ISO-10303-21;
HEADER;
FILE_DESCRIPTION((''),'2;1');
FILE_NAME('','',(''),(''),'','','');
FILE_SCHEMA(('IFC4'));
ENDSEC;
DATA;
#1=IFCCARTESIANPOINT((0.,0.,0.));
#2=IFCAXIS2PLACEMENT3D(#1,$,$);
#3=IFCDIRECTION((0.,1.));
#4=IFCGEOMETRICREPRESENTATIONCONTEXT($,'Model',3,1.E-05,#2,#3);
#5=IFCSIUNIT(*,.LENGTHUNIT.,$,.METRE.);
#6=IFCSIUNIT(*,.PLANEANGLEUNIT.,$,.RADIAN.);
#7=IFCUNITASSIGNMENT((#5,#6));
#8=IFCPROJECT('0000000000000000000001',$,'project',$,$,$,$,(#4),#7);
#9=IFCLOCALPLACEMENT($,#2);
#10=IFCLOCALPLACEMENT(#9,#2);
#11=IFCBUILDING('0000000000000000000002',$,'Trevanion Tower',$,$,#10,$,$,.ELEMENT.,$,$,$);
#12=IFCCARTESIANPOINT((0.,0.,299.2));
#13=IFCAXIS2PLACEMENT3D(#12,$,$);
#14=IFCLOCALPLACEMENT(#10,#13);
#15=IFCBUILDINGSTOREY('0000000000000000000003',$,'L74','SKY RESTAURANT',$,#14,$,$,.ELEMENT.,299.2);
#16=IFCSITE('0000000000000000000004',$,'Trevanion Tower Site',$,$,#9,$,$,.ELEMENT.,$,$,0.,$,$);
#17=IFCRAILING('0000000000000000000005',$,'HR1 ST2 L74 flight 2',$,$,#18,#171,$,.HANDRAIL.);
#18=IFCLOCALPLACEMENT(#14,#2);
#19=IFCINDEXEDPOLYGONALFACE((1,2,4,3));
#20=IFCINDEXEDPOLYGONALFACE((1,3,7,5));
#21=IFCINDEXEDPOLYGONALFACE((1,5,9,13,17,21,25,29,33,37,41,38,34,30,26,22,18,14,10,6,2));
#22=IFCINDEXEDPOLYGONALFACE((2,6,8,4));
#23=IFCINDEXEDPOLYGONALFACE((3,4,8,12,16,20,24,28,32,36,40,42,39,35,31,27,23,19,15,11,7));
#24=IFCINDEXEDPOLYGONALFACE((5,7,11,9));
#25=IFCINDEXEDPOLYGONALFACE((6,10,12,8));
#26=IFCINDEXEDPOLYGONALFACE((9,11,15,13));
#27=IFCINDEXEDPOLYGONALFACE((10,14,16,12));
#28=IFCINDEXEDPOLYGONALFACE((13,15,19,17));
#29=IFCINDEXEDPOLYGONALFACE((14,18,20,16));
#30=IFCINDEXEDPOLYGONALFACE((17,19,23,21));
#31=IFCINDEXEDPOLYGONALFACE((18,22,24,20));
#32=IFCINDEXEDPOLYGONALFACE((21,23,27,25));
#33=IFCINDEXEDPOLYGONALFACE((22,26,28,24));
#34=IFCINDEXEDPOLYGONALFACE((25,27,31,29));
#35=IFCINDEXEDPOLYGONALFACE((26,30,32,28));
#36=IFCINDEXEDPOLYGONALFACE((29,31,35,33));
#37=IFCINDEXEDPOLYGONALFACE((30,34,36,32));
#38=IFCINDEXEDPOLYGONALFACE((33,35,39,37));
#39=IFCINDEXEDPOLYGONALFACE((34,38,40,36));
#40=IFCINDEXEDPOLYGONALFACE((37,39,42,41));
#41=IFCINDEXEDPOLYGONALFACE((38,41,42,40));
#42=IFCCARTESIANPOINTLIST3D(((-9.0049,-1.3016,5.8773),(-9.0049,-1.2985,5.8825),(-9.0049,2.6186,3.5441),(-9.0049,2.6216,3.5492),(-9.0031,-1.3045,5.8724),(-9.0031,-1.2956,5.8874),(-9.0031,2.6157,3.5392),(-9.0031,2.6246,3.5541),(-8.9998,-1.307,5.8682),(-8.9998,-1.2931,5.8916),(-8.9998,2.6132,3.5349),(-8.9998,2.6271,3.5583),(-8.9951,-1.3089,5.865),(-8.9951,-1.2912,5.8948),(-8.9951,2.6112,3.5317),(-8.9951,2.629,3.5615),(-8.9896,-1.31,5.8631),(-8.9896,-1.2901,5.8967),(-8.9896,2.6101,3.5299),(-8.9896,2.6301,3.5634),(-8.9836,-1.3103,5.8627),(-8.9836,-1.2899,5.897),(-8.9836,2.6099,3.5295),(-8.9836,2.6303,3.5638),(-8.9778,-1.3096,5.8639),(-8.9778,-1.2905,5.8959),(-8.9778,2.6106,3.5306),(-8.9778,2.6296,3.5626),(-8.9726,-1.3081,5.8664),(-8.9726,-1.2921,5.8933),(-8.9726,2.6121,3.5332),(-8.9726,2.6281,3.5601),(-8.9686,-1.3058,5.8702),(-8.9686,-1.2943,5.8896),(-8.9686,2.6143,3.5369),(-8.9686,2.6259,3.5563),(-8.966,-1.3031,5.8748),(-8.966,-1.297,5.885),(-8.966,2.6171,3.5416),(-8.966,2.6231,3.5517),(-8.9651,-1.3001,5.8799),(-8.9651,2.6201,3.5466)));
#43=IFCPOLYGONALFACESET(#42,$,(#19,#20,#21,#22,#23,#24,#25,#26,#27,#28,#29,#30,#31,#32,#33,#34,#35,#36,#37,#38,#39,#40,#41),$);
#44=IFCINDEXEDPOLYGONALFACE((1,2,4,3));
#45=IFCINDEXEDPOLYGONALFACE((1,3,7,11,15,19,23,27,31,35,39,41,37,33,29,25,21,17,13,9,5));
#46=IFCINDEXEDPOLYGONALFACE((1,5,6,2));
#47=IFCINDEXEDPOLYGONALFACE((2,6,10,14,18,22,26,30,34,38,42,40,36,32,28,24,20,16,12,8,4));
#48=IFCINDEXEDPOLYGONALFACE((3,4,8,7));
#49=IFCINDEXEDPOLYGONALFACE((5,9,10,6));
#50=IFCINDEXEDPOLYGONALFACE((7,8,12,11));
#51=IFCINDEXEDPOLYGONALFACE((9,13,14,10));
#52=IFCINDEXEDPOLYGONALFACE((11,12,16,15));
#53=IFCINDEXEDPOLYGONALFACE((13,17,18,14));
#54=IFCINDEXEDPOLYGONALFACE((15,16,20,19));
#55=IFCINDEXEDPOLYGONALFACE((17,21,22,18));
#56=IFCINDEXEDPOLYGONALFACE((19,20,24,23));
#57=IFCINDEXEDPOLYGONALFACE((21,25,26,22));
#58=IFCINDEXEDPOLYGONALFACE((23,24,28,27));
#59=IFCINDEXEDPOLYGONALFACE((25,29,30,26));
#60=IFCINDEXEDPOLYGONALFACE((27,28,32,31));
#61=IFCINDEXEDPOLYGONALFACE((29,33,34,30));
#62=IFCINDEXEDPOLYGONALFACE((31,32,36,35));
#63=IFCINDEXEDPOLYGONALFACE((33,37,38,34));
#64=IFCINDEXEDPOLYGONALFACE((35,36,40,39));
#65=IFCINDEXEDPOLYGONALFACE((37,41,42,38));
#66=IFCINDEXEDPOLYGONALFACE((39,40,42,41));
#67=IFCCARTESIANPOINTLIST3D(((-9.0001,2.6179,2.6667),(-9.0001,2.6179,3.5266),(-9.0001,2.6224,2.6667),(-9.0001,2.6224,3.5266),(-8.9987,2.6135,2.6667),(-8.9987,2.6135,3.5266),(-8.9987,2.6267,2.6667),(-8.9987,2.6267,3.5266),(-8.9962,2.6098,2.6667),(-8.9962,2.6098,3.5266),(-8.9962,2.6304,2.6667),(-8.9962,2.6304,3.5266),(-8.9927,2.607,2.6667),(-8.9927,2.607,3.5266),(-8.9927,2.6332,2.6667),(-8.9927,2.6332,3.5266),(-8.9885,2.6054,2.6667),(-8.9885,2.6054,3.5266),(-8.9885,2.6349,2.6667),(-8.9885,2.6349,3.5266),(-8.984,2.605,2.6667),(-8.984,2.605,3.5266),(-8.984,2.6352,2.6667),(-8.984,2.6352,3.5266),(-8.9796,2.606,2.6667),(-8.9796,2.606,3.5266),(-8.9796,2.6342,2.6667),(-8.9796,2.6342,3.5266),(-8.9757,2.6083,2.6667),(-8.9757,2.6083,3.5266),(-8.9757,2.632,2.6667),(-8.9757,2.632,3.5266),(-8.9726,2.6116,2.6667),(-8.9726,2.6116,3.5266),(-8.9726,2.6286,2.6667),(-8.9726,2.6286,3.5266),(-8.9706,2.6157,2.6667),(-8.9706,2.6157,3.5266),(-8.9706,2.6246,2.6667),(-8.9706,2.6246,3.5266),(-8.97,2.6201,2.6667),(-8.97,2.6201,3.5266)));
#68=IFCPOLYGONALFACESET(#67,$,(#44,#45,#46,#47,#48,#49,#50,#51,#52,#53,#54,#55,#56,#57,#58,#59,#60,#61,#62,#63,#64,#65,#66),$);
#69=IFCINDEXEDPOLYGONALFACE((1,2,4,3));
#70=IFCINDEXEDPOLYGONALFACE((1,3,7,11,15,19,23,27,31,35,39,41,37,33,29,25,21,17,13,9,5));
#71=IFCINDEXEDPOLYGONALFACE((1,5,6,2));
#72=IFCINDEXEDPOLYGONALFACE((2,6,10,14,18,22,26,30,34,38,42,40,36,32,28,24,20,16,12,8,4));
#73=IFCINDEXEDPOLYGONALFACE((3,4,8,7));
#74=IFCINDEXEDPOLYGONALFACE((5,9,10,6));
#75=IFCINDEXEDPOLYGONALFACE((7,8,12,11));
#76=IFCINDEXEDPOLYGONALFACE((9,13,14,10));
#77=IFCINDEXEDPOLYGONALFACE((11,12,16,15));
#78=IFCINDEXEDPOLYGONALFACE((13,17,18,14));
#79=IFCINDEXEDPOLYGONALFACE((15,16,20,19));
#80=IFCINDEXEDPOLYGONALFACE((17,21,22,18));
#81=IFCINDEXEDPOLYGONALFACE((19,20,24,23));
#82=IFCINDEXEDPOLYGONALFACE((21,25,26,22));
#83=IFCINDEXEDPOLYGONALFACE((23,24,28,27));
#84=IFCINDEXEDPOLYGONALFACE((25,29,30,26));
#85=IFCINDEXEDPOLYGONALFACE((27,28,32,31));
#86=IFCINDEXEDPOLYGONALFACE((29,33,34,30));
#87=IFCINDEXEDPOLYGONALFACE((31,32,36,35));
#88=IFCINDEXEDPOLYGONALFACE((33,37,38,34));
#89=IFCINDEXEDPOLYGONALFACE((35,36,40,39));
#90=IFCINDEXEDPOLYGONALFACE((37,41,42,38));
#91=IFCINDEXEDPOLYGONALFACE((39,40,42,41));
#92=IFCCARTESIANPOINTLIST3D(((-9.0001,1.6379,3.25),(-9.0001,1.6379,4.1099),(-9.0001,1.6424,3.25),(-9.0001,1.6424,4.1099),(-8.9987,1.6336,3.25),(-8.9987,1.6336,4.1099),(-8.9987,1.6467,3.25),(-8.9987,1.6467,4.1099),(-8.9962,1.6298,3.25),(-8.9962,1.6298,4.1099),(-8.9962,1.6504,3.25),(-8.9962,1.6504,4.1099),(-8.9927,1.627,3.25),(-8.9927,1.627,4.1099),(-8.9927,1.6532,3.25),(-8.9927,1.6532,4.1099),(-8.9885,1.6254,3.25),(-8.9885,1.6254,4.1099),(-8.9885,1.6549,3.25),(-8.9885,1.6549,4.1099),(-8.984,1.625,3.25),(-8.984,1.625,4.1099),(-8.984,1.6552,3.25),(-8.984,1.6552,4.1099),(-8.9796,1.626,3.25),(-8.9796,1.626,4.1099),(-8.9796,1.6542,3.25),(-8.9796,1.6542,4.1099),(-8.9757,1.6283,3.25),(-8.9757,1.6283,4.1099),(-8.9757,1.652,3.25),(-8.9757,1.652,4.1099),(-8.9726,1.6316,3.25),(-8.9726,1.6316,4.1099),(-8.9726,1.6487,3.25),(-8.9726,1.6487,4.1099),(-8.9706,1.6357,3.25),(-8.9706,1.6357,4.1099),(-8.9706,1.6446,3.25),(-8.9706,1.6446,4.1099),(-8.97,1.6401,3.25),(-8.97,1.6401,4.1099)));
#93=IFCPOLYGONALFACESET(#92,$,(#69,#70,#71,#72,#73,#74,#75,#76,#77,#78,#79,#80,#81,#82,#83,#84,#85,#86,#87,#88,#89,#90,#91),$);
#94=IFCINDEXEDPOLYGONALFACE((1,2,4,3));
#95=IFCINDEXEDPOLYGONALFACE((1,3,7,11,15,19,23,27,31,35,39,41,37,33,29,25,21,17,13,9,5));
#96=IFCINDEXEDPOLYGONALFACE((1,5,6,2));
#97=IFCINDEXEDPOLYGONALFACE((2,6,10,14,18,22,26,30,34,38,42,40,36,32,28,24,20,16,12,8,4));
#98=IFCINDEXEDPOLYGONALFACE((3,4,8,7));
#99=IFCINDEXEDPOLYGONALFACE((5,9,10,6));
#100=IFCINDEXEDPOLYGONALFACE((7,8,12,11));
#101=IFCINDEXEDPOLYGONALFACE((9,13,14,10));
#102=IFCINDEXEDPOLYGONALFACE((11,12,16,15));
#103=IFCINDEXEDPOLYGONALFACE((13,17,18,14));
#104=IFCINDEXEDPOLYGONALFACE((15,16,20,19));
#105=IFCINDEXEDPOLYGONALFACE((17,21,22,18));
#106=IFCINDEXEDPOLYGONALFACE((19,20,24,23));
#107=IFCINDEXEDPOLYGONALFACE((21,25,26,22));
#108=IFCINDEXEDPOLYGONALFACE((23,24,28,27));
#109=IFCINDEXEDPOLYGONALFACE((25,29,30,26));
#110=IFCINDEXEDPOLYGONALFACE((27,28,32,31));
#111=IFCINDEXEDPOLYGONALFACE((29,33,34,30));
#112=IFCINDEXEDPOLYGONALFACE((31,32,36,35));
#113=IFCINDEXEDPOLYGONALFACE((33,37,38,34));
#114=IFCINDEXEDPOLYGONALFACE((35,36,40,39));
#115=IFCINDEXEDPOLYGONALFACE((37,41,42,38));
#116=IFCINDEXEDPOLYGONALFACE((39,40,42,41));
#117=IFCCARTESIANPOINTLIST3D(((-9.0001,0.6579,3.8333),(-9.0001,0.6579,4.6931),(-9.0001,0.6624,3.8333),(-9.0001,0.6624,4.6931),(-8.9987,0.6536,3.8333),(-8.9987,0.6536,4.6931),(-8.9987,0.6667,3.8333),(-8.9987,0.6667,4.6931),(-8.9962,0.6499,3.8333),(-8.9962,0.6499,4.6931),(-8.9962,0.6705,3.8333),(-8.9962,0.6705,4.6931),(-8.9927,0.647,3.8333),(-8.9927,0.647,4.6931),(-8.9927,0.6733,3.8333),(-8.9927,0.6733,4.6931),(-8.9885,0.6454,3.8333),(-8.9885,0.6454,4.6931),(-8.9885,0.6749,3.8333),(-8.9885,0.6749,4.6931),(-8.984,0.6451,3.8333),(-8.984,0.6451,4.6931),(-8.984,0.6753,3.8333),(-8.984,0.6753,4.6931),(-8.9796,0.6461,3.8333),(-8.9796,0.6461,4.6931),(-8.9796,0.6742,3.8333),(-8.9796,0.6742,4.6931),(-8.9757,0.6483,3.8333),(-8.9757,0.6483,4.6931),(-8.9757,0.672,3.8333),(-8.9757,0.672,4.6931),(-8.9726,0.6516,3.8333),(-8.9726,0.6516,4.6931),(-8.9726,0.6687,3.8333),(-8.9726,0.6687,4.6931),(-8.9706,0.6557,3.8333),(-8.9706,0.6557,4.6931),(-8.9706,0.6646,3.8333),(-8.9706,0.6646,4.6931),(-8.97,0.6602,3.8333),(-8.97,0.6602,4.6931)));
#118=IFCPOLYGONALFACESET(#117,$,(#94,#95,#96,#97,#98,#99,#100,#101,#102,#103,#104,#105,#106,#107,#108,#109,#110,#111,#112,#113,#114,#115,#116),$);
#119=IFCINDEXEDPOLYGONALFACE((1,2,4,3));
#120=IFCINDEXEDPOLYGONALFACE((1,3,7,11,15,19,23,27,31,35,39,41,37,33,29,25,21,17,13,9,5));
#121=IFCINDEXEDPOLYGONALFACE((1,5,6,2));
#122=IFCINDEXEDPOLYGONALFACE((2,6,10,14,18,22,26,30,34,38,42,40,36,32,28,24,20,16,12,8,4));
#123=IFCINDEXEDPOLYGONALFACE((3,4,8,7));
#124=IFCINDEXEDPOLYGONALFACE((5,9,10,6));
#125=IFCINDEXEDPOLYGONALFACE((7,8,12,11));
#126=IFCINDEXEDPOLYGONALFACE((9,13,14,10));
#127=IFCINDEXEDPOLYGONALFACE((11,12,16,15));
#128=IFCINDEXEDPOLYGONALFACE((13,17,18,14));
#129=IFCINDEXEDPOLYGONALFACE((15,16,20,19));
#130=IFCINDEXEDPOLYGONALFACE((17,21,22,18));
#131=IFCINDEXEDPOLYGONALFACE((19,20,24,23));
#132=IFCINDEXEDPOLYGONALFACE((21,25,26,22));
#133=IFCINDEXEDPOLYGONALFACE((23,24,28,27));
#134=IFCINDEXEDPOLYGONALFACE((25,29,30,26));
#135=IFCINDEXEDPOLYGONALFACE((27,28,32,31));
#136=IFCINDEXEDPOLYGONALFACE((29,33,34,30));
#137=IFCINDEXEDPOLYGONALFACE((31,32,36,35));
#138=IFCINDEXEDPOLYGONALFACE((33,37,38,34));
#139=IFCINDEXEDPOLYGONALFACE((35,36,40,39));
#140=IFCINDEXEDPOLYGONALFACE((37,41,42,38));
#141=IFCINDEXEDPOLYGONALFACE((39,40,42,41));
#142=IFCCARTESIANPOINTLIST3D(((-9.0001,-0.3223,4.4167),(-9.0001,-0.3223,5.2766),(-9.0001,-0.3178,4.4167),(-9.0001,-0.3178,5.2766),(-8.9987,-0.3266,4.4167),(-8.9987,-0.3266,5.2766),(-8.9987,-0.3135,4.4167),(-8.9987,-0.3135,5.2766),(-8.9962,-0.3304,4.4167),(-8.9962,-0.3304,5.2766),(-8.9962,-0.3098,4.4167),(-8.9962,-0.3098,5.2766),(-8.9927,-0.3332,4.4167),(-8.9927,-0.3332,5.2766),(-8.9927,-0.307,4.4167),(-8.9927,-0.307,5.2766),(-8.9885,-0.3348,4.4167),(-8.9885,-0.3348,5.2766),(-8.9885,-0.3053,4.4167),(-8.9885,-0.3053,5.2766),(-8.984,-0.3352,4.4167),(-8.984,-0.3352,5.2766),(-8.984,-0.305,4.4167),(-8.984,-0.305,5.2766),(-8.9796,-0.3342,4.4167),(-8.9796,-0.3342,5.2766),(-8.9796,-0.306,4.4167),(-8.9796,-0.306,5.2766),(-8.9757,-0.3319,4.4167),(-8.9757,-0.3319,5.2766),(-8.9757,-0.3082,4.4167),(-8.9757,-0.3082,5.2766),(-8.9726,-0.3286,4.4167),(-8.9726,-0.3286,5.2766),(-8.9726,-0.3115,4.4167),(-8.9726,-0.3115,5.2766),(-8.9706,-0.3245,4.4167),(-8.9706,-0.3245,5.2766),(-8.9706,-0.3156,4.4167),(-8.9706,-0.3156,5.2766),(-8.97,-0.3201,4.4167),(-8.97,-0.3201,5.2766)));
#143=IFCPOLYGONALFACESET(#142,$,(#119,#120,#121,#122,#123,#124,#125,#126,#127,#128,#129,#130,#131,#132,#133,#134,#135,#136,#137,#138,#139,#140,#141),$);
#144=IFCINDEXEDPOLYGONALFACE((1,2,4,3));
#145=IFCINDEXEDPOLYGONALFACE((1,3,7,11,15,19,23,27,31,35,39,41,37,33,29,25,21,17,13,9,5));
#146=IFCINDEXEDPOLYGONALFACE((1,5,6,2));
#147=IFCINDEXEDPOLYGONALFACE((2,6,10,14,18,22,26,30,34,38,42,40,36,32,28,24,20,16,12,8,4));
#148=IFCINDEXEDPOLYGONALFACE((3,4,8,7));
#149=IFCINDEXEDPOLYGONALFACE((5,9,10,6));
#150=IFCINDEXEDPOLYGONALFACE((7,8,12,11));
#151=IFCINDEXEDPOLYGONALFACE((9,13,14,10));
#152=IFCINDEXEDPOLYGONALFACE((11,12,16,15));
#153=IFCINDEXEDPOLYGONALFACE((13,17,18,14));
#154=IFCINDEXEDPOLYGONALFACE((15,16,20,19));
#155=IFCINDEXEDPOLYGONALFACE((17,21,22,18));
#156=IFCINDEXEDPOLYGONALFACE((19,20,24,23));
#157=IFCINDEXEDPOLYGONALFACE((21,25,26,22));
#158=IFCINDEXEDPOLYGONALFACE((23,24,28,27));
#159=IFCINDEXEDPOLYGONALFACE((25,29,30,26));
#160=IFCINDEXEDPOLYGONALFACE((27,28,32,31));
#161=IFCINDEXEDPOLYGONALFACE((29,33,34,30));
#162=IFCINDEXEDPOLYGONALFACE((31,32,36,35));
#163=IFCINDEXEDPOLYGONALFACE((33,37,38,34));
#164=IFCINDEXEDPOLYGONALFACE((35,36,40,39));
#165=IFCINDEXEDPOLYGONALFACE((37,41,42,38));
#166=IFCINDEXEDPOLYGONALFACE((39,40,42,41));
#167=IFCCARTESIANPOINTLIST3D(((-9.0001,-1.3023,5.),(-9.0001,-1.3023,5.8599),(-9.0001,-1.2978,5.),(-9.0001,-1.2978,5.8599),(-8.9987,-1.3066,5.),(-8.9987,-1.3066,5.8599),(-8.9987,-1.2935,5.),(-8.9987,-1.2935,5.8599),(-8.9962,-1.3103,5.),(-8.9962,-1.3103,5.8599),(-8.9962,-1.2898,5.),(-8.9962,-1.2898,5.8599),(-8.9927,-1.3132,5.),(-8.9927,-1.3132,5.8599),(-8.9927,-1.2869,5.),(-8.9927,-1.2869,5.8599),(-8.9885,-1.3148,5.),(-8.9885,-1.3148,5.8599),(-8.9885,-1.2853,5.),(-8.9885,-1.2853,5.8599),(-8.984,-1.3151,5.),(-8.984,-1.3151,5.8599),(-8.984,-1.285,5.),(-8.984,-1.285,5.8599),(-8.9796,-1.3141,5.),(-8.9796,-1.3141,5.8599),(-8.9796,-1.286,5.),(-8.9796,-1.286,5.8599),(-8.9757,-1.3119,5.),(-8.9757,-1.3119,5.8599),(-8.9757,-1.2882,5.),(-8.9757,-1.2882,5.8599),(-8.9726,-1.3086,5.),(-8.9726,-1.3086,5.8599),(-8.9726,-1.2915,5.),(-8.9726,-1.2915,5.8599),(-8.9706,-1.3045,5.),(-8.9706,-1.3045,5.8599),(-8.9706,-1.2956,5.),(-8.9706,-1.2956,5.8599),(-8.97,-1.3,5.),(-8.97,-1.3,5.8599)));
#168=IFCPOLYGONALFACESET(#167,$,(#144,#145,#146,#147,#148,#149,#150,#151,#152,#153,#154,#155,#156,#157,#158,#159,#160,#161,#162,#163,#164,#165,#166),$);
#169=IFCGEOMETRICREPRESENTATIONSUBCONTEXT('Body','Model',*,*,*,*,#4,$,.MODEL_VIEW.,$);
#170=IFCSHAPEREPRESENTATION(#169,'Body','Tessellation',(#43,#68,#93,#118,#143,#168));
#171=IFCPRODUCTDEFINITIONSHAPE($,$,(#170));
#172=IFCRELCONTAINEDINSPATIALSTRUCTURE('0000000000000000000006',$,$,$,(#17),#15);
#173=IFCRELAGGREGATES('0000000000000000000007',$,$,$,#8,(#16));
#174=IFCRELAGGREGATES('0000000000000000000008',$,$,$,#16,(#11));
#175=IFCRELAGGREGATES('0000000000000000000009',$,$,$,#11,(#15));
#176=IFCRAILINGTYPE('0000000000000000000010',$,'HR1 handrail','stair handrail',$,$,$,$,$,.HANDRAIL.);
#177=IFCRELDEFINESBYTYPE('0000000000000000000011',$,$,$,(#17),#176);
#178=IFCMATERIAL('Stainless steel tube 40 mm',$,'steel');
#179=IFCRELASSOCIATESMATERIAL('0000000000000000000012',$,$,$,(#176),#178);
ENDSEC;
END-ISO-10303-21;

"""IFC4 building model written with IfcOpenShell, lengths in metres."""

from ifc_helpers import new_model, si_unit, direction, frame, origin, origin_2d, place, context, subcontext, project, spatial, circle, extrude, material, type_object, element, save


model = new_model("IFC4")

# Units and contexts
model_context = context("Model", 3, precision=1e-05, world=origin(), true_north=direction((0.0, 1.0)))
body_context = subcontext(model_context, "Body", "Model", "MODEL_VIEW")
ifc_project = project(units=[si_unit("LENGTHUNIT", "METRE"), si_unit("PLANEANGLEUNIT", "RADIAN")], contexts=[model_context])

# Site, building, storey
site_placement = place(None, origin())
site = spatial("IfcSite", under=ifc_project, at=site_placement, Name="Trevanion Tower Site", CompositionType="ELEMENT", RefElevation=0.0)
building_placement = place(site_placement, origin())
building = spatial("IfcBuilding", under=site, at=building_placement, Name="Trevanion Tower", CompositionType="ELEMENT")
storey_placement = place(building_placement, frame((0.0, 0.0, 299.2)))
storey = spatial("IfcBuildingStorey", under=building, at=storey_placement, Name="L74", Description="SKY RESTAURANT", CompositionType="ELEMENT", Elevation=299.2)

# Railing
ifc_material_1 = material(Name="Stainless steel tube 40 mm", Category="steel")
railing_type = type_object("IfcRailingType", Name="HR1 handrail", Description="stair handrail", PredefinedType="HANDRAIL", material=ifc_material_1)
for number, where, name in (
    (1, (-8.9851, 2.6201, 2.6667), "HR1 ST2 L74 flight 2"),
):
    element("IfcRailing", number, at=place(storey_placement, frame(where)), inside=storey, type_object=railing_type, Name=name, PredefinedType="HANDRAIL", context=body_context, shape_type="SweptSolid", body=[
        extrude(circle(Radius=0.02, at=origin_2d()), frame((0.0, 0.0, 0.8799), z_axis=(0.0, -0.85931, 0.511455), x_axis=(1.0, 0.0, 0.0)), (0.0, 0.0, 1.0), 4.562),
        extrude(circle(Radius=0.0151, at=origin_2d()), origin(), (0.0, 0.0, 1.0), 0.8599),
        extrude(circle(Radius=0.0151, at=origin_2d()), frame((0.0, -0.98, 0.5833)), (0.0, 0.0, 1.0), 0.8599),
        extrude(circle(Radius=0.0151, at=origin_2d()), frame((0.0, -1.96, 1.1665)), (0.0, 0.0, 1.0), 0.8599),
        extrude(circle(Radius=0.0151, at=origin_2d()), frame((0.0, -2.9402, 1.75)), (0.0, 0.0, 1.0), 0.8599),
        extrude(circle(Radius=0.0151, at=origin_2d()), frame((0.0, -3.9202, 2.3333)), (0.0, 0.0, 1.0), 0.8599),
    ])

save(model, "model.ifc")
